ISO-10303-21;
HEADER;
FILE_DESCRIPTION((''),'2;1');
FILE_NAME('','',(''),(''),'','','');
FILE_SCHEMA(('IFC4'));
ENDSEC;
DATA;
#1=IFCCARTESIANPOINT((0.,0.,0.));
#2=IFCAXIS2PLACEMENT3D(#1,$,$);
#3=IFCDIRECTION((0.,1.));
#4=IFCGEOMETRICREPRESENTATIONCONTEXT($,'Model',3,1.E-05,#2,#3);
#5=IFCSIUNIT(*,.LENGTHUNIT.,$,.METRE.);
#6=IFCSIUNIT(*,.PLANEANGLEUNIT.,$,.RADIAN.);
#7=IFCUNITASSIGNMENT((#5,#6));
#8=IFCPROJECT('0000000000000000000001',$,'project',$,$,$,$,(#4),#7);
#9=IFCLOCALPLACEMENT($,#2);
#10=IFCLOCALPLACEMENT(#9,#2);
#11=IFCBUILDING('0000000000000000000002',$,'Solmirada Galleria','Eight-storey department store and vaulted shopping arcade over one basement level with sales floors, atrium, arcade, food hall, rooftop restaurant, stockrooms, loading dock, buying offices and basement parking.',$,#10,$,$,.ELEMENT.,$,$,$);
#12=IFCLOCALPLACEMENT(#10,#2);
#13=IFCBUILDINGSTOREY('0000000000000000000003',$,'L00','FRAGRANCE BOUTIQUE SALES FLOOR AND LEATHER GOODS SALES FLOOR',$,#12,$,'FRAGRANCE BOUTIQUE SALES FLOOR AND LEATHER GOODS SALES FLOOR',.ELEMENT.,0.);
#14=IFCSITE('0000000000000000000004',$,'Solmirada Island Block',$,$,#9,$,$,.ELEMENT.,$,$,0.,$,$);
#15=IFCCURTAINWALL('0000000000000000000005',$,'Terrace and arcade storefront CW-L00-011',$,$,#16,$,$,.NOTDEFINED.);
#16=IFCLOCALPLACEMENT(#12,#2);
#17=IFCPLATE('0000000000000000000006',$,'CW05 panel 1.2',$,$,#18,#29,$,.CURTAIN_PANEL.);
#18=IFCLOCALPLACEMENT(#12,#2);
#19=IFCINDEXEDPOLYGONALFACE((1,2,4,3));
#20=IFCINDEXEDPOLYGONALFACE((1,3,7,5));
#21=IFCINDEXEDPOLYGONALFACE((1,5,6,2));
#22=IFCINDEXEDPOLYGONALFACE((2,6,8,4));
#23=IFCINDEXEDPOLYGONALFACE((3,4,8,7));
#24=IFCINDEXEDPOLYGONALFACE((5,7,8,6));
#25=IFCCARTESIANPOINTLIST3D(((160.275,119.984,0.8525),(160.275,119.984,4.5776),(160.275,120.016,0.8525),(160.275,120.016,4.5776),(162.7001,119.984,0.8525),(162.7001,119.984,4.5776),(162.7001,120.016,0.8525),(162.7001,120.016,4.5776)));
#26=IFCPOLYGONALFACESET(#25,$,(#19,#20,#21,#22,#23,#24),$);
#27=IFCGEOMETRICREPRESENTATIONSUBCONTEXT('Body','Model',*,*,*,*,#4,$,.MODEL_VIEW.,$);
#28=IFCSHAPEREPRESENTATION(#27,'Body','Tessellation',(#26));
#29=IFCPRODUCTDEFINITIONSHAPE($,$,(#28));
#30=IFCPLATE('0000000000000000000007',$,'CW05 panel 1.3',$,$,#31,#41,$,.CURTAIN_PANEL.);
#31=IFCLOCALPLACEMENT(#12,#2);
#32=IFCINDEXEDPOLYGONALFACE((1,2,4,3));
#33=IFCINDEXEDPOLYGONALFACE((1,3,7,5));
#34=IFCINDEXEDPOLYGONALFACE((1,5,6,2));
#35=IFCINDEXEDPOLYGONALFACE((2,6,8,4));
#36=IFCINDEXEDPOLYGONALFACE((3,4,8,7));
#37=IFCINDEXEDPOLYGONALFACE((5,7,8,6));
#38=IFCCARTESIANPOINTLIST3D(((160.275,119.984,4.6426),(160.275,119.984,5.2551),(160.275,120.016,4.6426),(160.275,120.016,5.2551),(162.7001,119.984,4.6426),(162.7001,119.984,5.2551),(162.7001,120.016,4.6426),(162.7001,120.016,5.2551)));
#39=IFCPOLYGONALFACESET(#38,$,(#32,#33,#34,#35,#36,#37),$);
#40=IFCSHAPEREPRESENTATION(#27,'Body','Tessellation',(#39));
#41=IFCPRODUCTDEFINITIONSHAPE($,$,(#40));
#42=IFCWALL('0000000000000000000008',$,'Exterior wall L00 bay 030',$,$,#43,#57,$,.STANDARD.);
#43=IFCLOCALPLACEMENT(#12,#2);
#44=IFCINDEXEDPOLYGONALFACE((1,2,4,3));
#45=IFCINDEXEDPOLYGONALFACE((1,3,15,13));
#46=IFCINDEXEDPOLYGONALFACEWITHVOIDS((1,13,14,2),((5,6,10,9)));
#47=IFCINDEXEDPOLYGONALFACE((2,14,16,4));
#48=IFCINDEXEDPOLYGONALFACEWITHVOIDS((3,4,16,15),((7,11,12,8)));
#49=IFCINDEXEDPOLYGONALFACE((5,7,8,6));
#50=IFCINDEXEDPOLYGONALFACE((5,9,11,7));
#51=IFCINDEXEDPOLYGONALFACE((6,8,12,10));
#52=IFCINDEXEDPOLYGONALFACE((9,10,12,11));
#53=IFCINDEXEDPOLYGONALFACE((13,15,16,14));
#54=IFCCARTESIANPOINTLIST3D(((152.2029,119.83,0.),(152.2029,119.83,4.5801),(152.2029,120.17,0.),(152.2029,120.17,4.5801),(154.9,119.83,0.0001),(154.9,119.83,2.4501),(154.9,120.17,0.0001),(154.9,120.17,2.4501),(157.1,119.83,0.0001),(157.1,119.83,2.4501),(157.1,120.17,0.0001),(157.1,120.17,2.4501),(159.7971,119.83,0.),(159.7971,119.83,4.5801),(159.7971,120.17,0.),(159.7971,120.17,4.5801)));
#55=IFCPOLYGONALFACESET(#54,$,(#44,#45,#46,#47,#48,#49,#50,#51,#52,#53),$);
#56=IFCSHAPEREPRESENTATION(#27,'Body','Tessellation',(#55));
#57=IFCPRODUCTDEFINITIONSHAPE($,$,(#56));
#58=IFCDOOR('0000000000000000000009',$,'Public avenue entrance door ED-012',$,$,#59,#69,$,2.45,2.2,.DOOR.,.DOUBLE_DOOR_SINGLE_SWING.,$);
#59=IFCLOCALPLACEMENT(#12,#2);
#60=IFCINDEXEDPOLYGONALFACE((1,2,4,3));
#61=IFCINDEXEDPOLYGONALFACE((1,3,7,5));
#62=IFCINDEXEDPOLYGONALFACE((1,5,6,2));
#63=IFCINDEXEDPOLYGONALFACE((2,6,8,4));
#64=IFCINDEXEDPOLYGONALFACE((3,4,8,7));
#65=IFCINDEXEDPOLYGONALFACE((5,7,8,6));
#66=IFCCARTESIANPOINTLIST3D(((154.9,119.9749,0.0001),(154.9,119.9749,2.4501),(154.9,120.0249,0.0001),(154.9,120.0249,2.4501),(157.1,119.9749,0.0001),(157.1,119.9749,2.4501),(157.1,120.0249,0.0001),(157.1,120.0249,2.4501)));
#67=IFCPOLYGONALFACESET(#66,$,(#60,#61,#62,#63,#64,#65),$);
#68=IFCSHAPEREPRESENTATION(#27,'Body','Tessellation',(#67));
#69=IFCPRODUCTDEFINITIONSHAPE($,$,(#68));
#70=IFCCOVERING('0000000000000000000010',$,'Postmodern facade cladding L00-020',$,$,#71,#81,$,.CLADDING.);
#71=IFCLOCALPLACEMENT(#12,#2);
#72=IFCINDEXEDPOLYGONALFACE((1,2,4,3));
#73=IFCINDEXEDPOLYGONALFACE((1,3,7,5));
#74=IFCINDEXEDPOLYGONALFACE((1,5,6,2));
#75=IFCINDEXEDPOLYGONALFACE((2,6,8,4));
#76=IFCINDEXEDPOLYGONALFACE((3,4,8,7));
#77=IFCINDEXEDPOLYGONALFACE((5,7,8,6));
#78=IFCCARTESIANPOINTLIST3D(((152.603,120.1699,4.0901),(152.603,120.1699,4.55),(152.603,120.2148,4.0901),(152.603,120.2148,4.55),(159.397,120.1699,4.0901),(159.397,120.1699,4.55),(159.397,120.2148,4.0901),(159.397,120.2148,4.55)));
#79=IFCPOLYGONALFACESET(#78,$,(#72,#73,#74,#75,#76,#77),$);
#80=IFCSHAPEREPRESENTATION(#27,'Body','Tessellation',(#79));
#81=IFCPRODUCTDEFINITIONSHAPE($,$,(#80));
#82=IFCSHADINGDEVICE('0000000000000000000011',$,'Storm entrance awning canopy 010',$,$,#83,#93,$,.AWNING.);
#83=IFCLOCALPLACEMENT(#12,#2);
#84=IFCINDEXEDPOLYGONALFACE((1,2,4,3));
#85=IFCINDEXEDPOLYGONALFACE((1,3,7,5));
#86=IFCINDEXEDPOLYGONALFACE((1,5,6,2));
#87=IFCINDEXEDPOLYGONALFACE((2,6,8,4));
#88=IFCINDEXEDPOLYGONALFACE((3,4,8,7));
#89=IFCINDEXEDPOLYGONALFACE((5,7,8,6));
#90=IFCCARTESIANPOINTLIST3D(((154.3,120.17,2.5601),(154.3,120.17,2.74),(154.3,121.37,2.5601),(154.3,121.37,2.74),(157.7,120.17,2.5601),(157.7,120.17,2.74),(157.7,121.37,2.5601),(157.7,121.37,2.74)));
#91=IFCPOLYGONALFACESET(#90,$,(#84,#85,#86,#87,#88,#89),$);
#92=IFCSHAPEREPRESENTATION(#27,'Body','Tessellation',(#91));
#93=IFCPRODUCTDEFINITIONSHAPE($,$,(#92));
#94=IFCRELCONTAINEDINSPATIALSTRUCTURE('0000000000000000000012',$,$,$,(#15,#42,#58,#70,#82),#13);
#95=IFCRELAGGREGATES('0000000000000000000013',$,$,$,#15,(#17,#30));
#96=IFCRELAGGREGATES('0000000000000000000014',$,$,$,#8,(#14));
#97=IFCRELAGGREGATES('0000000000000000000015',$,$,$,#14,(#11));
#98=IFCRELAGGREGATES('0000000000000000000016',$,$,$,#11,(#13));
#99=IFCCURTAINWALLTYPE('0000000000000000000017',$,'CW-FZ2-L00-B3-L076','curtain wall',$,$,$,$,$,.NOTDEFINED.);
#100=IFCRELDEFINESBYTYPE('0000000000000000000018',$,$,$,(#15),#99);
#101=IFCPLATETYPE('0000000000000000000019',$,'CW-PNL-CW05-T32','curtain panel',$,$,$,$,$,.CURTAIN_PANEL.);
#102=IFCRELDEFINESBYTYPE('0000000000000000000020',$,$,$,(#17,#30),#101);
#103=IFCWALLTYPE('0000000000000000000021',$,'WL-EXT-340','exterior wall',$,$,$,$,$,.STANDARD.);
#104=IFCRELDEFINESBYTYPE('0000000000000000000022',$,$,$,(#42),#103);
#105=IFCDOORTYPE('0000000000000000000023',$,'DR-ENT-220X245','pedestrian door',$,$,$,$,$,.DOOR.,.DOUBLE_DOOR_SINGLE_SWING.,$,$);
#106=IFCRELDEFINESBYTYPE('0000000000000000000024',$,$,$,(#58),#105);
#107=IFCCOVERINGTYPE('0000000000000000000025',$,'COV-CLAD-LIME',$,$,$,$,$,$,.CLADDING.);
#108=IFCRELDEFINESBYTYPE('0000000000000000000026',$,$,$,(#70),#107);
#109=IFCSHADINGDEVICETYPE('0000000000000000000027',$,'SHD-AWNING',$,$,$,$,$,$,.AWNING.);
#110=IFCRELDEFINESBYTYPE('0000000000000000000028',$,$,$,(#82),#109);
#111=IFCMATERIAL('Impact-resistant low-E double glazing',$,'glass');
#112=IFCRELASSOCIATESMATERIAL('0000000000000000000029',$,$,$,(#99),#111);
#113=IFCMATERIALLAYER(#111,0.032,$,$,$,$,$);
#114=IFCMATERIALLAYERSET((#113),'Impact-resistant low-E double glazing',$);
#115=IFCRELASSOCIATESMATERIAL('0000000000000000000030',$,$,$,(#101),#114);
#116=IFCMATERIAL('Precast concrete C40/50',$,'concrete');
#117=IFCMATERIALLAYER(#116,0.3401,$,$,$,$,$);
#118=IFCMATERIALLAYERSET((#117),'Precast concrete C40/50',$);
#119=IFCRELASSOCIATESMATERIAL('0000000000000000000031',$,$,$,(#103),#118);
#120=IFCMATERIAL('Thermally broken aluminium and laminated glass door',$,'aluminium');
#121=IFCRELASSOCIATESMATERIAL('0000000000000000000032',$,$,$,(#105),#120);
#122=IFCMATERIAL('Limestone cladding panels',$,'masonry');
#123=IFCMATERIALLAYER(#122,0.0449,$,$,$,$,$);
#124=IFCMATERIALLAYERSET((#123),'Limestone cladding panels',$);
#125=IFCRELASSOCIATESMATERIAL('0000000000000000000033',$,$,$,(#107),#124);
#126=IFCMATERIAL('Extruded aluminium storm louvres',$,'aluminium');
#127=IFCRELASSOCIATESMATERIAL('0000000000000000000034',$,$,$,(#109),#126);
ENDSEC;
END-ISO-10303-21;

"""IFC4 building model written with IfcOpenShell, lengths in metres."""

from ifc_helpers import new_model, si_unit, direction, frame, frame_2d, origin, origin_2d, place, context, subcontext, project, spatial, rectangle, extrude, material, layer, layer_set, type_object, element, fill, aggregate, save


model = new_model("IFC4")

# Units and contexts
model_context = context("Model", 3, precision=1e-05, world=origin(), true_north=direction((0.0, 1.0)))
body_context = subcontext(model_context, "Body", "Model", "MODEL_VIEW")
ifc_project = project(units=[si_unit("LENGTHUNIT", "METRE"), si_unit("PLANEANGLEUNIT", "RADIAN")], contexts=[model_context])

# Site, building, storey
site_placement = place(None, origin())
site = spatial("IfcSite", under=ifc_project, at=site_placement, Name="Solmirada Island Block", CompositionType="ELEMENT", RefElevation=0.0)
building_placement = place(site_placement, origin())
building = spatial("IfcBuilding", under=site, at=building_placement, Name="Solmirada Galleria", Description="Eight-storey department store and vaulted shopping arcade over one basement level with sales floors, atrium, arcade, food hall, rooftop restaurant, stockrooms, loading dock, buying offices and basement parking.", CompositionType="ELEMENT")
storey_placement = place(building_placement, origin())
storey = spatial("IfcBuildingStorey", under=building, at=storey_placement, Name="L00", Description="FRAGRANCE BOUTIQUE SALES FLOOR AND LEATHER GOODS SALES FLOOR", LongName="FRAGRANCE BOUTIQUE SALES FLOOR AND LEATHER GOODS SALES FLOOR", CompositionType="ELEMENT", Elevation=0.0)

# Curtain wall
ifc_material_1 = material(Name="Impact-resistant low-E double glazing", Category="glass")
curtain_wall_type = type_object("IfcCurtainWallType", Name="CW-FZ2-L00-B3-L076", Description="curtain wall", PredefinedType="NOTDEFINED", material=ifc_material_1)
curtain_wall_1_placement = place(storey_placement, origin())
curtain_wall_1 = element("IfcCurtainWall", 1, at=curtain_wall_1_placement, inside=storey, type_object=curtain_wall_type, Name="Terrace and arcade storefront CW-L00-011", PredefinedType="NOTDEFINED")

# Plates
ifc_layer_1 = layer(ifc_material_1, 0.032)
ifc_layer_set_1 = layer_set([ifc_layer_1], Name="Impact-resistant low-E double glazing")
plate_type = type_object("IfcPlateType", Name="CW-PNL-CW05-T32", Description="curtain panel", PredefinedType="CURTAIN_PANEL", material=ifc_layer_set_1)
plate_1_placement = place(storey_placement, frame((161.4875, 120.0, 0.8525), z_axis=(0.0, 0.0, 1.0), x_axis=(1.0, 0.0, 0.0)))
plate_1 = element("IfcPlate", 2, at=plate_1_placement, type_object=plate_type, Name="CW05 panel 1.2", PredefinedType="CURTAIN_PANEL", context=body_context, shape_type="SweptSolid", body=[
    extrude(rectangle(XDim=2.425, YDim=0.032, at=origin_2d()), origin(), (0.0, 0.0, 1.0), 3.7251),
])
plate_2_placement = place(storey_placement, frame((161.4875, 120.0, 4.6426), z_axis=(0.0, 0.0, 1.0), x_axis=(1.0, 0.0, 0.0)))
plate_2 = element("IfcPlate", 3, at=plate_2_placement, type_object=plate_type, Name="CW05 panel 1.3", PredefinedType="CURTAIN_PANEL", context=body_context, shape_type="SweptSolid", body=[
    extrude(rectangle(XDim=2.425, YDim=0.032, at=origin_2d()), origin(), (0.0, 0.0, 1.0), 0.6125),
])
aggregate(curtain_wall_1, [plate_1, plate_2])

# Wall, opening, door
ifc_material_2 = material(Name="Precast concrete C40/50", Category="concrete")
ifc_layer_2 = layer(ifc_material_2, 0.3401)
ifc_layer_set_2 = layer_set([ifc_layer_2], Name="Precast concrete C40/50")
wall_type = type_object("IfcWallType", Name="WL-EXT-340", Description="exterior wall", PredefinedType="STANDARD", material=ifc_layer_set_2)
wall_placement = place(storey_placement, frame((152.2029, 120.0, 0.0), z_axis=(0.0, 0.0, 1.0), x_axis=(1.0, 0.0, 0.0)))
wall = element("IfcWall", 4, at=wall_placement, inside=storey, type_object=wall_type, Name="Exterior wall L00 bay 030", PredefinedType="STANDARD", context=body_context, shape_type="SweptSolid", body=[
    extrude(rectangle(XDim=7.5942, YDim=0.3401, at=frame_2d((3.7971, 0.0))), origin(), (0.0, 0.0, 1.0), 4.5801),
])
opening_placement = place(wall_placement, frame((2.697, 0.0, 0.0)))
opening = element("IfcOpeningElement", 5, at=opening_placement, cuts=wall, PredefinedType="OPENING", context=body_context, shape_type="SweptSolid", body=[
    extrude(rectangle(XDim=2.2, YDim=2.45, at=frame_2d((1.1001, 1.2251))), frame((0.0, 0.1799, 0.0), z_axis=(0.0, -1.0, 0.0), x_axis=(1.0, 0.0, 0.0)), (0.0, 0.0, 1.0), 0.3601),
])
ifc_material_3 = material(Name="Thermally broken aluminium and laminated glass door", Category="aluminium")
door_type = type_object("IfcDoorType", Name="DR-ENT-220X245", Description="pedestrian door", OperationType="DOUBLE_DOOR_SINGLE_SWING", PredefinedType="DOOR", material=ifc_material_3)
door_placement = place(opening_placement, origin())
door = element("IfcDoor", 6, at=door_placement, inside=storey, type_object=door_type, Name="Public avenue entrance door ED-012", OperationType="DOUBLE_DOOR_SINGLE_SWING", OverallHeight=2.45, OverallWidth=2.2, PredefinedType="DOOR", context=body_context, shape_type="SweptSolid", body=[
    extrude(rectangle(XDim=2.2, YDim=2.45, at=frame_2d((1.1001, 1.2251))), frame((0.0, 0.0249, 0.0), z_axis=(0.0, -1.0, 0.0), x_axis=(1.0, 0.0, 0.0)), (0.0, 0.0, 1.0), 0.05),
])
fill(opening, door)

# Covering
ifc_material_4 = material(Name="Limestone cladding panels", Category="masonry")
ifc_layer_3 = layer(ifc_material_4, 0.0449)
ifc_layer_set_3 = layer_set([ifc_layer_3], Name="Limestone cladding panels")
covering_type = type_object("IfcCoveringType", Name="COV-CLAD-LIME", PredefinedType="CLADDING", material=ifc_layer_set_3)
covering_placement = place(storey_placement, frame((156.0, 120.1924, 4.0901), z_axis=(0.0, 0.0, 1.0), x_axis=(1.0, 0.0, 0.0)))
element("IfcCovering", 7, at=covering_placement, inside=storey, type_object=covering_type, Name="Postmodern facade cladding L00-020", PredefinedType="CLADDING", context=body_context, shape_type="SweptSolid", body=[
    extrude(rectangle(XDim=6.7939, YDim=0.0449, at=origin_2d()), origin(), (0.0, 0.0, 1.0), 0.46),
])

# Shading device
ifc_material_5 = material(Name="Extruded aluminium storm louvres", Category="aluminium")
shading_device_type = type_object("IfcShadingDeviceType", Name="SHD-AWNING", PredefinedType="AWNING", material=ifc_material_5)
shading_device_placement = place(storey_placement, frame((156.0, 120.77, 2.5601), z_axis=(0.0, 0.0, 1.0), x_axis=(1.0, 0.0, 0.0)))
element("IfcShadingDevice", 8, at=shading_device_placement, inside=storey, type_object=shading_device_type, Name="Storm entrance awning canopy 010", PredefinedType="AWNING", context=body_context, shape_type="SweptSolid", body=[
    extrude(rectangle(XDim=3.3999, YDim=1.2, at=origin_2d()), origin(), (0.0, 0.0, 1.0), 0.1799),
])

save(model, "model.ifc")
